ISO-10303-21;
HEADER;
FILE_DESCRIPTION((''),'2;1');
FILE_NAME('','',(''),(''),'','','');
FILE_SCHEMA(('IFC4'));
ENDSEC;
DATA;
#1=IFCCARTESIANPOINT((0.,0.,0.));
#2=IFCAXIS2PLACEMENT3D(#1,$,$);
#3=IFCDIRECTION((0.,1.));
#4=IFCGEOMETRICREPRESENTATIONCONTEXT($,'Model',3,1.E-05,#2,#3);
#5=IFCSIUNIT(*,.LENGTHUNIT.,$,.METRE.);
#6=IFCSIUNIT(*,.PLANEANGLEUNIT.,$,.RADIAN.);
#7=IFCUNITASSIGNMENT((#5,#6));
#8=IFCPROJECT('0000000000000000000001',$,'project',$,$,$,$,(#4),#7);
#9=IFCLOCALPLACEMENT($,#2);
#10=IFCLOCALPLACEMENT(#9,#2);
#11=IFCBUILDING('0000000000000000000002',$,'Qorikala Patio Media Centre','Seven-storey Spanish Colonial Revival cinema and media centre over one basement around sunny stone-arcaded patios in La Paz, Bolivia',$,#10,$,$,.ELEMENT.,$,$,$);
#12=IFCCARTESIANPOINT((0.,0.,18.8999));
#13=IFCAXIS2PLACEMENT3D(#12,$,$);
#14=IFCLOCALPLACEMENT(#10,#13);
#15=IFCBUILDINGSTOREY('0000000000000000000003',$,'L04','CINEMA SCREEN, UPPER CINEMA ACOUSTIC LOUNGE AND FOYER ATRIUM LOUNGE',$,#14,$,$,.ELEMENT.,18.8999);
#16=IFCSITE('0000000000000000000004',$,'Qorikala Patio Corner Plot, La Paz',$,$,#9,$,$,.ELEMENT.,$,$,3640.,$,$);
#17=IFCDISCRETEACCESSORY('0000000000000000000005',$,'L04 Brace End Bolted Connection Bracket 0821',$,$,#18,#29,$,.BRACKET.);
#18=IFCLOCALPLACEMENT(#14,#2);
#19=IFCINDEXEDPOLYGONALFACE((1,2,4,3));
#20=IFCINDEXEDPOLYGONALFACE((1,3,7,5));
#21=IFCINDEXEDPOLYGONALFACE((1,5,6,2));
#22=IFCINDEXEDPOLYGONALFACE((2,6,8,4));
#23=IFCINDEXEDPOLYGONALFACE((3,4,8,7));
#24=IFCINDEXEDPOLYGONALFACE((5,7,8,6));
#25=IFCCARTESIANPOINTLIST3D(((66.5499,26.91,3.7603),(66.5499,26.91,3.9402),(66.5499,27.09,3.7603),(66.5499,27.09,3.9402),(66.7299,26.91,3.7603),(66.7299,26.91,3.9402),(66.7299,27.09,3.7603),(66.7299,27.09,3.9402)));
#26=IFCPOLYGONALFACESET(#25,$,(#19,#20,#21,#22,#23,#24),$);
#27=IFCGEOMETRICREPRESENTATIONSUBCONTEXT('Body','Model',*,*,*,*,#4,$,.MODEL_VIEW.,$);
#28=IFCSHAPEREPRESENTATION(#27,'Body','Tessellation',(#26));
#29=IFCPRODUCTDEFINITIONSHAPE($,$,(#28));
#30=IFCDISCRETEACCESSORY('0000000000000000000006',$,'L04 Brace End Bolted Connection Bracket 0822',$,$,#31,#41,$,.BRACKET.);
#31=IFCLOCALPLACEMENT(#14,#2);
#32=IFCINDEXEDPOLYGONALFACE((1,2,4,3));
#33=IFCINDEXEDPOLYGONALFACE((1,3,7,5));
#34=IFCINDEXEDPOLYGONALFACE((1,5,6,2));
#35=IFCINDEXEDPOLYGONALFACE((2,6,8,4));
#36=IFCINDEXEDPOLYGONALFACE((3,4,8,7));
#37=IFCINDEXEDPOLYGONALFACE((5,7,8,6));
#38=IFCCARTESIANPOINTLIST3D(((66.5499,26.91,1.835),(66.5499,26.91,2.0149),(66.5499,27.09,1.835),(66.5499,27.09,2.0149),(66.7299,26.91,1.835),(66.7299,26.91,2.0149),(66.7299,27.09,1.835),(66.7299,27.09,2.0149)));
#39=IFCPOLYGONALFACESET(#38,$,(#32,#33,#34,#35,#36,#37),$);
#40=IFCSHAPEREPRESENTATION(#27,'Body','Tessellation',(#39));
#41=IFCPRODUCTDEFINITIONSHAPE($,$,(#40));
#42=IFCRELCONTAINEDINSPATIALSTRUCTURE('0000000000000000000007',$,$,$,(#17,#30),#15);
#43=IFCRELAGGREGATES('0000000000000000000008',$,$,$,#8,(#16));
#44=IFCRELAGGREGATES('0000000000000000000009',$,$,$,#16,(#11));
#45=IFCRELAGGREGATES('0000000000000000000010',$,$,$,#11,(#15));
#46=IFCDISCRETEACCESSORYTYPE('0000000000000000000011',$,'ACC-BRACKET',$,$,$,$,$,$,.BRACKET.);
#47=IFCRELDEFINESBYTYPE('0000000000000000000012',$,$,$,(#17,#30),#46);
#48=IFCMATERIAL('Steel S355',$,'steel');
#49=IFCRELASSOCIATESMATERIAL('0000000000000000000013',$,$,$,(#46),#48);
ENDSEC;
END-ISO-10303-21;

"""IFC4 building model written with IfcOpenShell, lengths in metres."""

from ifc_helpers import new_model, si_unit, direction, frame, origin, origin_2d, place, context, subcontext, project, spatial, rectangle, extrude, material, type_object, element, save


model = new_model("IFC4")

# Units and contexts
model_context = context("Model", 3, precision=1e-05, world=origin(), true_north=direction((0.0, 1.0)))
body_context = subcontext(model_context, "Body", "Model", "MODEL_VIEW")
ifc_project = project(units=[si_unit("LENGTHUNIT", "METRE"), si_unit("PLANEANGLEUNIT", "RADIAN")], contexts=[model_context])

# Site, building, storey
site_placement = place(None, origin())
site = spatial("IfcSite", under=ifc_project, at=site_placement, Name="Qorikala Patio Corner Plot, La Paz", CompositionType="ELEMENT", RefElevation=3640.0)
building_placement = place(site_placement, origin())
building = spatial("IfcBuilding", under=site, at=building_placement, Name="Qorikala Patio Media Centre", Description="Seven-storey Spanish Colonial Revival cinema and media centre over one basement around sunny stone-arcaded patios in La Paz, Bolivia", CompositionType="ELEMENT")
storey_placement = place(building_placement, frame((0.0, 0.0, 18.8999)))
storey = spatial("IfcBuildingStorey", under=building, at=storey_placement, Name="L04", Description="CINEMA SCREEN, UPPER CINEMA ACOUSTIC LOUNGE AND FOYER ATRIUM LOUNGE", CompositionType="ELEMENT", Elevation=18.8999)

# Discrete accessories
ifc_material_1 = material(Name="Steel S355", Category="steel")
discrete_accessory_type = type_object("IfcDiscreteAccessoryType", Name="ACC-BRACKET", PredefinedType="BRACKET", material=ifc_material_1)
for number, where, z_axis, x_axis, name in (
    (1, (66.6399, 27.0, 3.7603), (0.0, 0.0, 1.0), (1.0, 0.0, 0.0), "L04 Brace End Bolted Connection Bracket 0821"),
    (2, (66.6399, 27.0, 1.835), (0.0, 0.0, 1.0), (1.0, 0.0, 0.0), "L04 Brace End Bolted Connection Bracket 0822"),
):
    element("IfcDiscreteAccessory", number, at=place(storey_placement, frame(where, z_axis=z_axis, x_axis=x_axis)), inside=storey, type_object=discrete_accessory_type, Name=name, PredefinedType="BRACKET", context=body_context, shape_type="SweptSolid", body=[
        extrude(rectangle(XDim=0.1799, YDim=0.1799, at=origin_2d()), origin(), (0.0, 0.0, 1.0), 0.1799),
    ])

save(model, "model.ifc")
